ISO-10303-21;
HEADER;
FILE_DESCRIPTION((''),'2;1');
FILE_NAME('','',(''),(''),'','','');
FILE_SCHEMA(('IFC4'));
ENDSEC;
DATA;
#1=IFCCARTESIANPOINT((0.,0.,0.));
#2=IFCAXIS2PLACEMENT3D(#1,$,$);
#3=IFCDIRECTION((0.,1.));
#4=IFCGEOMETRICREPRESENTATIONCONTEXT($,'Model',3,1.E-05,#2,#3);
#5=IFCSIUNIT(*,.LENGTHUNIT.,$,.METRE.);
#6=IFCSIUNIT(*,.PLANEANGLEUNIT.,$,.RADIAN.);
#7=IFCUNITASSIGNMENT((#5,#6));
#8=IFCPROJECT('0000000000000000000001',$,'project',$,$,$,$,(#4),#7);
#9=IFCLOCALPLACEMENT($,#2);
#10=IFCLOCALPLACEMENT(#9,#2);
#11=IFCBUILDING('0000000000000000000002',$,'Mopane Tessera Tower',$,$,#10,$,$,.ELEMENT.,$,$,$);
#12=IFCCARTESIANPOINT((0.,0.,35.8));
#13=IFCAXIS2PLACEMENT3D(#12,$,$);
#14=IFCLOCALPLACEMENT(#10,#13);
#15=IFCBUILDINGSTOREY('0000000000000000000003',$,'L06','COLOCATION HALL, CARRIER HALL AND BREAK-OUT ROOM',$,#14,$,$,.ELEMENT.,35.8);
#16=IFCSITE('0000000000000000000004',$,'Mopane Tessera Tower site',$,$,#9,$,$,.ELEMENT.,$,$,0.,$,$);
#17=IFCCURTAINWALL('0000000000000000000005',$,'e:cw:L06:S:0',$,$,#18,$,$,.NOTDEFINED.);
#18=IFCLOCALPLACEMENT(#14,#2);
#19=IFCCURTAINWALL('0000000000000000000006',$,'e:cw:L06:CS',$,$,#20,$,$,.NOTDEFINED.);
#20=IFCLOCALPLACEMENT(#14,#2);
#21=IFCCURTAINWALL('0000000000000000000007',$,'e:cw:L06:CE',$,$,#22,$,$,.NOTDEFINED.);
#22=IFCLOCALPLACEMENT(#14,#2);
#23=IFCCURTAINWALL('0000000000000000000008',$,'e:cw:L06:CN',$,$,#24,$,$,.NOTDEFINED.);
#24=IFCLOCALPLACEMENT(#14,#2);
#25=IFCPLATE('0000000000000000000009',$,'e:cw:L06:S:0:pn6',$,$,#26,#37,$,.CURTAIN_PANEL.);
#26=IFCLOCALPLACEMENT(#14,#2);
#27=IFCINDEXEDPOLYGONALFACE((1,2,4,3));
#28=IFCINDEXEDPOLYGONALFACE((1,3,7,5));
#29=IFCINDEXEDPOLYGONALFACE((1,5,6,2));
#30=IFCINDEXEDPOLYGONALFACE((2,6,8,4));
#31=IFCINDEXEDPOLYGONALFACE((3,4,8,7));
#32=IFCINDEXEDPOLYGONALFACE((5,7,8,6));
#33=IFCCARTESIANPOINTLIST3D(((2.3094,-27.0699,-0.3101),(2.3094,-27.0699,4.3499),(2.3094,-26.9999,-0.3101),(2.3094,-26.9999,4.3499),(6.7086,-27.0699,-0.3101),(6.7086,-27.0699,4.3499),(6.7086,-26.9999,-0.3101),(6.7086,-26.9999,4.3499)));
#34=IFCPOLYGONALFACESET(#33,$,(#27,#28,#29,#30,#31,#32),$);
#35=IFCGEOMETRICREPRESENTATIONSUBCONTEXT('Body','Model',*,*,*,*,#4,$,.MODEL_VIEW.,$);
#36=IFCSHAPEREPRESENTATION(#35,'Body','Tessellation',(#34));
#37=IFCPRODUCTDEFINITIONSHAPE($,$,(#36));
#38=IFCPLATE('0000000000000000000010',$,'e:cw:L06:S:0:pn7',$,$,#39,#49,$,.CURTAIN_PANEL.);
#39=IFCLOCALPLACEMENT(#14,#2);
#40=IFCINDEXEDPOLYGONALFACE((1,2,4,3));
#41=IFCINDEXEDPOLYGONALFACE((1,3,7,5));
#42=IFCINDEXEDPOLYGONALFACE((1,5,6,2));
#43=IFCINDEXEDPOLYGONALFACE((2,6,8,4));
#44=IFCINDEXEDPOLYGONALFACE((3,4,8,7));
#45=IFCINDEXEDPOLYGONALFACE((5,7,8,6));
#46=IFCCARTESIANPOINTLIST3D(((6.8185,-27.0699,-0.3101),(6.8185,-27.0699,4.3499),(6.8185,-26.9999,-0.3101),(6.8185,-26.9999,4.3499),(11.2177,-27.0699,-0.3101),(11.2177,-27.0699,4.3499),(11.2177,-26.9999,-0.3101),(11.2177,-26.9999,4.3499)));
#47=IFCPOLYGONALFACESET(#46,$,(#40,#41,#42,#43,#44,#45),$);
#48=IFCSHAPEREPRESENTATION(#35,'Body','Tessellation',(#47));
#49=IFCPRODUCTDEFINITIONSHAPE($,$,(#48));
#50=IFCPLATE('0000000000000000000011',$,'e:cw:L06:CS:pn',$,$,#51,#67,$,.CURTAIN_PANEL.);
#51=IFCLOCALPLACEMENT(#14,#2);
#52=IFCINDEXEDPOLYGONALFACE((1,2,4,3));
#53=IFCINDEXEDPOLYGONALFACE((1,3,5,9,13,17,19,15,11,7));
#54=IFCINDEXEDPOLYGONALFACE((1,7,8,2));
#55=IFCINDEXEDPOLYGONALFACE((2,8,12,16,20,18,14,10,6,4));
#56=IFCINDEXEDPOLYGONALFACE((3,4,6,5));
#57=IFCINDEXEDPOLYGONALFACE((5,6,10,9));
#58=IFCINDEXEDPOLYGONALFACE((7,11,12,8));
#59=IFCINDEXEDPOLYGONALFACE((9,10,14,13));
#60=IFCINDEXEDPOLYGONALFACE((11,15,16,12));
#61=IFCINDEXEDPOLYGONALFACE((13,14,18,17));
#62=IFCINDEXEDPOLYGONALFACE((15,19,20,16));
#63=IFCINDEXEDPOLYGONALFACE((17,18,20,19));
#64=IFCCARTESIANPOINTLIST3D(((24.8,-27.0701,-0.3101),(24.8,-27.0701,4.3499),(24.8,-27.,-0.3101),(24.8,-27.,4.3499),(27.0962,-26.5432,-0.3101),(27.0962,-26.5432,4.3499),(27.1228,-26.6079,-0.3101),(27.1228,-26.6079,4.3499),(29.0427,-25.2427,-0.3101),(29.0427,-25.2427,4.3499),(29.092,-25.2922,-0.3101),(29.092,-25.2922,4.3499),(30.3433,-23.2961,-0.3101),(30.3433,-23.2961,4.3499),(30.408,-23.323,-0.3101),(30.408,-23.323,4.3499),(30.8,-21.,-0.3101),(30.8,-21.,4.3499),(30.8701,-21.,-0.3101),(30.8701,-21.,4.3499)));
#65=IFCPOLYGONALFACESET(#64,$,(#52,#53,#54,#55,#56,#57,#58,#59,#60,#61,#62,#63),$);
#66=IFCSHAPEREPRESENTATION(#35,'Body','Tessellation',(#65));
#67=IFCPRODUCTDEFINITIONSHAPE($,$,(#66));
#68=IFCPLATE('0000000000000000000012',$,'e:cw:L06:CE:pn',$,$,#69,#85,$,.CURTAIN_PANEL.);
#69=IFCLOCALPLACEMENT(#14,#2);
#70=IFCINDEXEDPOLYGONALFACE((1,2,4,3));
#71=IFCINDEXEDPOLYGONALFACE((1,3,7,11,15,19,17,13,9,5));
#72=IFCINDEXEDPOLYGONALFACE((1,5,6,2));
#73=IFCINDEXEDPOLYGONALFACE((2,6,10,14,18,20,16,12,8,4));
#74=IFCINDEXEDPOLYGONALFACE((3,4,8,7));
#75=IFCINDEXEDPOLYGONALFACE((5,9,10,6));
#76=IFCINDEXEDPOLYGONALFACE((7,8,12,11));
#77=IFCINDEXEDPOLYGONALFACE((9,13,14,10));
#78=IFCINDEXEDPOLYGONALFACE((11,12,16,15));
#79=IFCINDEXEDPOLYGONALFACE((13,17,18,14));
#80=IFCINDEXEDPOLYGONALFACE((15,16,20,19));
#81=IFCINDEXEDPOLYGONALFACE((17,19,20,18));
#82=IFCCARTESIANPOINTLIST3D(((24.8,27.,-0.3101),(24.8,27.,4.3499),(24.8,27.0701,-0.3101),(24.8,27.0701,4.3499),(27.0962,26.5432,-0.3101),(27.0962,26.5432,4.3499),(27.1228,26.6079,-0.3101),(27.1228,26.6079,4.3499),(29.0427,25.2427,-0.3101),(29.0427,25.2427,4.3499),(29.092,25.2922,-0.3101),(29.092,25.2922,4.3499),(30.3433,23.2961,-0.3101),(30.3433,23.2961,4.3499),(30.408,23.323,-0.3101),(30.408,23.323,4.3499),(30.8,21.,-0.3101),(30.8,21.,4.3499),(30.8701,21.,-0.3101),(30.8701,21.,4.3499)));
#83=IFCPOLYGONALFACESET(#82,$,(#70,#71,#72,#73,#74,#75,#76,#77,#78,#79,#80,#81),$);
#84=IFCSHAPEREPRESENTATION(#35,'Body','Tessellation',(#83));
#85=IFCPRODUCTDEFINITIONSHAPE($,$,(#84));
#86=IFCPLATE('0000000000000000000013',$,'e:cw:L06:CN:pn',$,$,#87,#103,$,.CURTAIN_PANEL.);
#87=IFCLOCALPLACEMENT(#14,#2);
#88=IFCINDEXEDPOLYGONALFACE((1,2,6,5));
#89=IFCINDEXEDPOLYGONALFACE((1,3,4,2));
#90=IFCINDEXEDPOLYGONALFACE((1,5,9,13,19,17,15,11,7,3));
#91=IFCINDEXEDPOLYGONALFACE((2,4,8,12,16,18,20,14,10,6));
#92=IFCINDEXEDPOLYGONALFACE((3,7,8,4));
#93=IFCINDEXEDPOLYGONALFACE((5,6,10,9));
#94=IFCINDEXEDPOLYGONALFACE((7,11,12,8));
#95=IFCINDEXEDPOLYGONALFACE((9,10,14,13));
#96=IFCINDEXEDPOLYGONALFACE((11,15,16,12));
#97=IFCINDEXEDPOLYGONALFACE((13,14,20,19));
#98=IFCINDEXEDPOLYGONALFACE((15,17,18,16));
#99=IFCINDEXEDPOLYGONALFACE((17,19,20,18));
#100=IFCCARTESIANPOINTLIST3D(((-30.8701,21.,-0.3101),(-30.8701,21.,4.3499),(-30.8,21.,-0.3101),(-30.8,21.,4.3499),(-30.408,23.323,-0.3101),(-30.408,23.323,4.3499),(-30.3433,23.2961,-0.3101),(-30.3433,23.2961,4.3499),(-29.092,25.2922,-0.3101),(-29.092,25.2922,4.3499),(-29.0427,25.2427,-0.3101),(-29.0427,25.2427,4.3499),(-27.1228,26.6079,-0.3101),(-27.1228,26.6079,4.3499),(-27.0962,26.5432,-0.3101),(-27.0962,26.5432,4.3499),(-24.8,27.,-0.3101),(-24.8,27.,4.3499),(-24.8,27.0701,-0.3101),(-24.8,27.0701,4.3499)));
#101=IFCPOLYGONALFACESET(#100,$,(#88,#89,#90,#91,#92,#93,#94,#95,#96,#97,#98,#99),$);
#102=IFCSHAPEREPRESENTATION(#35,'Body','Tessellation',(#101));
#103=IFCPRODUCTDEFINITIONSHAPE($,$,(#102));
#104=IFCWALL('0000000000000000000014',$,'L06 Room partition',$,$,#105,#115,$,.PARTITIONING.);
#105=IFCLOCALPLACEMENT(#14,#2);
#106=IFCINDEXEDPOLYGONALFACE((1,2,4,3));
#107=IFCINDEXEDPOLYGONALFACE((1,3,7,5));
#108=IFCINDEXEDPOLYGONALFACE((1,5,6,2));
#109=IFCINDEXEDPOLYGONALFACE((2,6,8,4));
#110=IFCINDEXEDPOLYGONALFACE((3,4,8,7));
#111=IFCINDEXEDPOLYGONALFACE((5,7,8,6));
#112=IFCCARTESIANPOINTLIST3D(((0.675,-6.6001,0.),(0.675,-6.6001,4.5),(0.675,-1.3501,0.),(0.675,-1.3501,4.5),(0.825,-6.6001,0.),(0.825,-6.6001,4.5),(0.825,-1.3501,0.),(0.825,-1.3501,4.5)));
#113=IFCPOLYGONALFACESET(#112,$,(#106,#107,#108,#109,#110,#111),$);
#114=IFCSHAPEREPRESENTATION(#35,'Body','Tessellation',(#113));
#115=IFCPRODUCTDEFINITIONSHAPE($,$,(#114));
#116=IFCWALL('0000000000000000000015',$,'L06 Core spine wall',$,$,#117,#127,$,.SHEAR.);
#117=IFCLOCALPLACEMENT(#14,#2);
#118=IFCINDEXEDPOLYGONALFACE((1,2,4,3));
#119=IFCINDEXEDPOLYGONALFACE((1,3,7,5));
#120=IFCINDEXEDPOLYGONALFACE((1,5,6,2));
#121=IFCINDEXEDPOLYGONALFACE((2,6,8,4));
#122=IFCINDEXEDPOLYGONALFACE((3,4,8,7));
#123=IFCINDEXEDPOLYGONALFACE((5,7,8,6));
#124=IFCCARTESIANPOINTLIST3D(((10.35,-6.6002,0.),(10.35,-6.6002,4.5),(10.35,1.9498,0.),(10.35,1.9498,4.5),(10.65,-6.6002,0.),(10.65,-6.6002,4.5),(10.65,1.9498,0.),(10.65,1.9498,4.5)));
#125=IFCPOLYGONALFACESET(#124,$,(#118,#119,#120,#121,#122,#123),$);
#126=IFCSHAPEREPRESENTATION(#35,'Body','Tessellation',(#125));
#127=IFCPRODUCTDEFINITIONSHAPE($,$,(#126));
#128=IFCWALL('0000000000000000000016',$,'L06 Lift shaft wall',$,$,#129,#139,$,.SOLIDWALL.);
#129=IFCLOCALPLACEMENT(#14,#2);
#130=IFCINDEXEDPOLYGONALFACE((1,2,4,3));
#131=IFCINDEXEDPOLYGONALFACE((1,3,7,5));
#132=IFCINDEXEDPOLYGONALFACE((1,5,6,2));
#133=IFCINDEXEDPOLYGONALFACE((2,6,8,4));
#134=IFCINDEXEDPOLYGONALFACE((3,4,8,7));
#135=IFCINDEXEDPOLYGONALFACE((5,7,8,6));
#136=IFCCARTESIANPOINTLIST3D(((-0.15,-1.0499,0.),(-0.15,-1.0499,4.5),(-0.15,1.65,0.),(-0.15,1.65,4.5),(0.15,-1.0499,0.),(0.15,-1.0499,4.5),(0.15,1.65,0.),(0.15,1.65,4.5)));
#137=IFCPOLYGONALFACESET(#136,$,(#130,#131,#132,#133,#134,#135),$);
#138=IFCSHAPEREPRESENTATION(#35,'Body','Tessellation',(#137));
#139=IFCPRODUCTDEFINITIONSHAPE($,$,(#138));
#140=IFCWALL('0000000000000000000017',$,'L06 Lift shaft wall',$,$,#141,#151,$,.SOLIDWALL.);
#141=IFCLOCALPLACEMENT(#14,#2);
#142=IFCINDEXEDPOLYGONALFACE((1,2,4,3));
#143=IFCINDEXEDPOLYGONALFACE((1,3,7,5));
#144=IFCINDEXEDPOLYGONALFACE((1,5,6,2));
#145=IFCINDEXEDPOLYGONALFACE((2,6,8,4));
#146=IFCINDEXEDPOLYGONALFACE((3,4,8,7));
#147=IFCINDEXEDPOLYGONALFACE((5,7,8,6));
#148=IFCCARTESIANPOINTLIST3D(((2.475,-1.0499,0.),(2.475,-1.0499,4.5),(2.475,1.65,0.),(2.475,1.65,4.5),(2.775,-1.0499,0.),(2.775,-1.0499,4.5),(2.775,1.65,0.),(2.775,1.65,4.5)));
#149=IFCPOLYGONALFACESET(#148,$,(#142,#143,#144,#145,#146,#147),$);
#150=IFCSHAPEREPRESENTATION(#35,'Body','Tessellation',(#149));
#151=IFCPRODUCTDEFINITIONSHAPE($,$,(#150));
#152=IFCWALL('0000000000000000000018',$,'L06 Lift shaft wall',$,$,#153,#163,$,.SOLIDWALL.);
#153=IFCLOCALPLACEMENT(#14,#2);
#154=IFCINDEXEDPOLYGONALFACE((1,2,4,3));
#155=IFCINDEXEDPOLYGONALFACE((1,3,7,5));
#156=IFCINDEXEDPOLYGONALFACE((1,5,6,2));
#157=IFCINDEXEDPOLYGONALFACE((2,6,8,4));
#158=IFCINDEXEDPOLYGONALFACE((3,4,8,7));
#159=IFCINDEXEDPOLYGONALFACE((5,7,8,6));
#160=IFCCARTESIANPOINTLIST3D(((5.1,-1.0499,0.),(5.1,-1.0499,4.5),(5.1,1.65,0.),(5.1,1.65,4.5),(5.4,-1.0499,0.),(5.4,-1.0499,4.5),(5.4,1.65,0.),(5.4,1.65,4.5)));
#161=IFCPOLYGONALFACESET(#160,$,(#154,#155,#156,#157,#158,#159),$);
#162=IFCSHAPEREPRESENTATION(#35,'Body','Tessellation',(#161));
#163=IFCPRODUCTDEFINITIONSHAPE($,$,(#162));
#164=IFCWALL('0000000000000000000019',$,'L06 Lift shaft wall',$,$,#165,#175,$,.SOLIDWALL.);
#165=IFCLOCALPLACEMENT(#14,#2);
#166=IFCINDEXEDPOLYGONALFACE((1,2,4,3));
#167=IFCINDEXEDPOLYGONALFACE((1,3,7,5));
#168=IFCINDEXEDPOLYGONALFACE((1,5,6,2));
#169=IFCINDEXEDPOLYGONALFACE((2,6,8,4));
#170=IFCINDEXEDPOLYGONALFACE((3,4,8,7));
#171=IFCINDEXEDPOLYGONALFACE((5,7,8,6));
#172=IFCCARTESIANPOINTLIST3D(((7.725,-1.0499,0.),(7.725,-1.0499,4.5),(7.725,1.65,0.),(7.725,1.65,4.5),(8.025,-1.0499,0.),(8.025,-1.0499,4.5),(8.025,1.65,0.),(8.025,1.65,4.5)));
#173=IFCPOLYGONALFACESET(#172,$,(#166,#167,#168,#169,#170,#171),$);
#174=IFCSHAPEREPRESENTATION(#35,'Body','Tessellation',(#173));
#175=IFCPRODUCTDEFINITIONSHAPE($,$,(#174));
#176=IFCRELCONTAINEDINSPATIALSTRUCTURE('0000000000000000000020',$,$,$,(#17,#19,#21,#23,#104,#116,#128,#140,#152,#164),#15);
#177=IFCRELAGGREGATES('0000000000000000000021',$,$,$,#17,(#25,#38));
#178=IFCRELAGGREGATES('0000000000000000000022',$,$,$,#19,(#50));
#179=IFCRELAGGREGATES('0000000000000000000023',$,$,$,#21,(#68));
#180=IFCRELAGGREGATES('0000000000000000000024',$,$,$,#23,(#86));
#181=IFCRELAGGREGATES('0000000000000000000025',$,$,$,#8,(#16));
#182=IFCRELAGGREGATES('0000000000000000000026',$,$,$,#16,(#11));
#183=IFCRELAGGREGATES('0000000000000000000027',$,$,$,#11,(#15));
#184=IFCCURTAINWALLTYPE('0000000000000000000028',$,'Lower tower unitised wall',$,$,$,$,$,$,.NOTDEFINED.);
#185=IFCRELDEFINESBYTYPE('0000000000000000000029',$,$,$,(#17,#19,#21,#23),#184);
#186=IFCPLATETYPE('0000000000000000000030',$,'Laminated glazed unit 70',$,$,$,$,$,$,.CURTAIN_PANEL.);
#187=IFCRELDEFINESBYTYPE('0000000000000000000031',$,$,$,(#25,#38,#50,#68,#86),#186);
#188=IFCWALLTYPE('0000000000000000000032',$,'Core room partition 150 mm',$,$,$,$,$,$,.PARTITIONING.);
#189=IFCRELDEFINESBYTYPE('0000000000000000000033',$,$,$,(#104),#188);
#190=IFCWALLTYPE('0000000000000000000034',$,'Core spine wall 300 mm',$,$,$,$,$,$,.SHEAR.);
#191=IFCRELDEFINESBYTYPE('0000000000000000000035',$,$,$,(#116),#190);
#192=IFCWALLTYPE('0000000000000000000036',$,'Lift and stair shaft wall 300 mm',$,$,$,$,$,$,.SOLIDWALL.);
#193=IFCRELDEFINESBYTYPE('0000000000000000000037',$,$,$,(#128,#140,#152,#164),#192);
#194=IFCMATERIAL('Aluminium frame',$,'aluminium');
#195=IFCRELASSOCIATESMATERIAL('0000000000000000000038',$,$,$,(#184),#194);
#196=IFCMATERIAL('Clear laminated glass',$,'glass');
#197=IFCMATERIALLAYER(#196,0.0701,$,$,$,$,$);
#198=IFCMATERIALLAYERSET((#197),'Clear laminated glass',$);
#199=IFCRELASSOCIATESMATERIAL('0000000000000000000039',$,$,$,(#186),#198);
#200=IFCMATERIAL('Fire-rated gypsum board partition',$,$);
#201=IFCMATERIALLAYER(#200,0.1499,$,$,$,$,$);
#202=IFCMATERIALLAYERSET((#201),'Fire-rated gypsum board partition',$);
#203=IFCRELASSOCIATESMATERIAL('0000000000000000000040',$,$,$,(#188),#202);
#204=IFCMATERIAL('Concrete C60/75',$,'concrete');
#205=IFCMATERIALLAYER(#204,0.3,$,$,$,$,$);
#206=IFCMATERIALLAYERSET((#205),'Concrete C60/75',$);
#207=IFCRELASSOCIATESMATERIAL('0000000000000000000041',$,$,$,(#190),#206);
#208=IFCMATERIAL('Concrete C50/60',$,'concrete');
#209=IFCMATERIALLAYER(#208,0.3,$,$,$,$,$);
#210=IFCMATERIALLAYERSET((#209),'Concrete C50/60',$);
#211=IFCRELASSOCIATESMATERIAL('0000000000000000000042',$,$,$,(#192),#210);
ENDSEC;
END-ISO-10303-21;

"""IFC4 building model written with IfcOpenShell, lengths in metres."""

from ifc_helpers import new_model, si_unit, direction, frame, frame_2d, origin, origin_2d, place, context, subcontext, project, spatial, polyline, rectangle, outline, extrude, material, layer, layer_set, type_object, element, aggregate, save


model = new_model("IFC4")

# Units and contexts
model_context = context("Model", 3, precision=1e-05, world=origin(), true_north=direction((0.0, 1.0)))
body_context = subcontext(model_context, "Body", "Model", "MODEL_VIEW")
ifc_project = project(units=[si_unit("LENGTHUNIT", "METRE"), si_unit("PLANEANGLEUNIT", "RADIAN")], contexts=[model_context])

# Site, building, storey
site_placement = place(None, origin())
site = spatial("IfcSite", under=ifc_project, at=site_placement, Name="Mopane Tessera Tower site", CompositionType="ELEMENT", RefElevation=0.0)
building_placement = place(site_placement, origin())
building = spatial("IfcBuilding", under=site, at=building_placement, Name="Mopane Tessera Tower", CompositionType="ELEMENT")
storey_placement = place(building_placement, frame((0.0, 0.0, 35.8)))
storey = spatial("IfcBuildingStorey", under=building, at=storey_placement, Name="L06", Description="COLOCATION HALL, CARRIER HALL AND BREAK-OUT ROOM", CompositionType="ELEMENT", Elevation=35.8)

# Curtain wall
ifc_material_1 = material(Name="Aluminium frame", Category="aluminium")
curtain_wall_type = type_object("IfcCurtainWallType", Name="Lower tower unitised wall", PredefinedType="NOTDEFINED", material=ifc_material_1)
curtain_wall_1_placement = place(storey_placement, origin())
curtain_wall_1 = element("IfcCurtainWall", 1, at=curtain_wall_1_placement, inside=storey, type_object=curtain_wall_type, Name="e:cw:L06:S:0", PredefinedType="NOTDEFINED")

# Curtain walls
curtain_wall_2_placement = place(storey_placement, origin())
curtain_wall_2 = element("IfcCurtainWall", 2, at=curtain_wall_2_placement, inside=storey, type_object=curtain_wall_type, Name="e:cw:L06:CS", PredefinedType="NOTDEFINED")
curtain_wall_3_placement = place(storey_placement, origin())
curtain_wall_3 = element("IfcCurtainWall", 3, at=curtain_wall_3_placement, inside=storey, type_object=curtain_wall_type, Name="e:cw:L06:CE", PredefinedType="NOTDEFINED")
curtain_wall_4_placement = place(storey_placement, origin())
curtain_wall_4 = element("IfcCurtainWall", 4, at=curtain_wall_4_placement, inside=storey, type_object=curtain_wall_type, Name="e:cw:L06:CN", PredefinedType="NOTDEFINED")

# Plates
ifc_material_2 = material(Name="Clear laminated glass", Category="glass")
ifc_layer_1 = layer(ifc_material_2, 0.0701)
ifc_layer_set_1 = layer_set([ifc_layer_1], Name="Clear laminated glass")
plate_type = type_object("IfcPlateType", Name="Laminated glazed unit 70", PredefinedType="CURTAIN_PANEL", material=ifc_layer_set_1)
plate_1_placement = place(storey_placement, frame((4.509, -27.0349, -0.3101), z_axis=(0.0, 0.0, 1.0), x_axis=(1.0, 0.0, 0.0)))
plate_1 = element("IfcPlate", 5, at=plate_1_placement, type_object=plate_type, Name="e:cw:L06:S:0:pn6", PredefinedType="CURTAIN_PANEL", context=body_context, shape_type="SweptSolid", body=[
    extrude(rectangle(XDim=4.3992, YDim=0.0701, at=origin_2d()), origin(), (0.0, 0.0, 1.0), 4.6599),
])
plate_2_placement = place(storey_placement, frame((9.0181, -27.0349, -0.3101), z_axis=(0.0, 0.0, 1.0), x_axis=(1.0, 0.0, 0.0)))
plate_2 = element("IfcPlate", 6, at=plate_2_placement, type_object=plate_type, Name="e:cw:L06:S:0:pn7", PredefinedType="CURTAIN_PANEL", context=body_context, shape_type="SweptSolid", body=[
    extrude(rectangle(XDim=4.3992, YDim=0.0701, at=origin_2d()), origin(), (0.0, 0.0, 1.0), 4.6599),
])
aggregate(curtain_wall_1, [plate_1, plate_2])
plate_3_placement = place(storey_placement, frame((0.0, 0.0, -0.3101)))
plate_3 = element("IfcPlate", 7, at=plate_3_placement, type_object=plate_type, Name="e:cw:L06:CS:pn", PredefinedType="CURTAIN_PANEL", context=body_context, shape_type="SweptSolid", body=[
    extrude(outline(polyline([(24.8, -27.0), (27.0962, -26.5432), (29.0427, -25.2427), (30.3433, -23.2961), (30.8, -21.0), (30.8701, -21.0), (30.408, -23.323), (29.092, -25.2922), (27.1228, -26.6079), (24.8, -27.0701), (24.8, -27.0)])), origin(), (0.0, 0.0, 1.0), 4.6599),
])
aggregate(curtain_wall_2, [plate_3])
plate_4_placement = place(storey_placement, frame((0.0, 0.0, -0.3101)))
plate_4 = element("IfcPlate", 8, at=plate_4_placement, type_object=plate_type, Name="e:cw:L06:CE:pn", PredefinedType="CURTAIN_PANEL", context=body_context, shape_type="SweptSolid", body=[
    extrude(outline(polyline([(30.8, 21.0), (30.3433, 23.2961), (29.0427, 25.2427), (27.0962, 26.5432), (24.8, 27.0), (24.8, 27.0701), (27.1228, 26.6079), (29.092, 25.2922), (30.408, 23.323), (30.8701, 21.0), (30.8, 21.0)])), origin(), (0.0, 0.0, 1.0), 4.6599),
])
aggregate(curtain_wall_3, [plate_4])
plate_5_placement = place(storey_placement, frame((0.0, 0.0, -0.3101)))
plate_5 = element("IfcPlate", 9, at=plate_5_placement, type_object=plate_type, Name="e:cw:L06:CN:pn", PredefinedType="CURTAIN_PANEL", context=body_context, shape_type="SweptSolid", body=[
    extrude(outline(polyline([(-24.8, 27.0), (-27.0962, 26.5432), (-29.0427, 25.2427), (-30.3433, 23.2961), (-30.8, 21.0), (-30.8701, 21.0), (-30.408, 23.323), (-29.092, 25.2922), (-27.1228, 26.6079), (-24.8, 27.0701), (-24.8, 27.0)])), origin(), (0.0, 0.0, 1.0), 4.6599),
])
aggregate(curtain_wall_4, [plate_5])

# Walls
ifc_material_3 = material(Name="Fire-rated gypsum board partition")
ifc_layer_2 = layer(ifc_material_3, 0.1499)
ifc_layer_set_2 = layer_set([ifc_layer_2], Name="Fire-rated gypsum board partition")
wall_type_1 = type_object("IfcWallType", Name="Core room partition 150 mm", PredefinedType="PARTITIONING", material=ifc_layer_set_2)
wall_1_placement = place(storey_placement, frame((0.75, -6.6001, 0.0), z_axis=(0.0, 0.0, 1.0), x_axis=(0.0, 1.0, 0.0)))
element("IfcWall", 10, at=wall_1_placement, inside=storey, type_object=wall_type_1, Name="L06 Room partition", PredefinedType="PARTITIONING", context=body_context, shape_type="SweptSolid", body=[
    extrude(rectangle(XDim=5.25, YDim=0.1499, at=frame_2d((2.625, 0.0))), origin(), (0.0, 0.0, 1.0), 4.5),
])
ifc_material_4 = material(Name="Concrete C60/75", Category="concrete")
ifc_layer_3 = layer(ifc_material_4, 0.3)
ifc_layer_set_3 = layer_set([ifc_layer_3], Name="Concrete C60/75")
wall_type_2 = type_object("IfcWallType", Name="Core spine wall 300 mm", PredefinedType="SHEAR", material=ifc_layer_set_3)
wall_2_placement = place(storey_placement, frame((10.5, -6.6001, 0.0), z_axis=(0.0, 0.0, 1.0), x_axis=(0.0, 1.0, 0.0)))
element("IfcWall", 11, at=wall_2_placement, inside=storey, type_object=wall_type_2, Name="L06 Core spine wall", PredefinedType="SHEAR", context=body_context, shape_type="SweptSolid", body=[
    extrude(rectangle(XDim=8.55, YDim=0.3, at=frame_2d((4.2749, 0.0))), origin(), (0.0, 0.0, 1.0), 4.5),
])
ifc_material_5 = material(Name="Concrete C50/60", Category="concrete")
ifc_layer_4 = layer(ifc_material_5, 0.3)
ifc_layer_set_4 = layer_set([ifc_layer_4], Name="Concrete C50/60")
wall_type_3 = type_object("IfcWallType", Name="Lift and stair shaft wall 300 mm", PredefinedType="SOLIDWALL", material=ifc_layer_set_4)
for number, where, z_axis, x_axis, name in (
    (12, (0.0, -1.05, 0.0), (0.0, 0.0, 1.0), (0.0, 1.0, 0.0), "L06 Lift shaft wall"),
    (13, (2.625, -1.05, 0.0), (0.0, 0.0, 1.0), (0.0, 1.0, 0.0), "L06 Lift shaft wall"),
    (14, (5.25, -1.05, 0.0), (0.0, 0.0, 1.0), (0.0, 1.0, 0.0), "L06 Lift shaft wall"),
    (15, (7.875, -1.05, 0.0), (0.0, 0.0, 1.0), (0.0, 1.0, 0.0), "L06 Lift shaft wall"),
):
    element("IfcWall", number, at=place(storey_placement, frame(where, z_axis=z_axis, x_axis=x_axis)), inside=storey, type_object=wall_type_3, Name=name, PredefinedType="SOLIDWALL", context=body_context, shape_type="SweptSolid", body=[
        extrude(rectangle(XDim=2.7, YDim=0.3, at=frame_2d((1.3501, 0.0))), origin(), (0.0, 0.0, 1.0), 4.5),
    ])

save(model, "model.ifc")
